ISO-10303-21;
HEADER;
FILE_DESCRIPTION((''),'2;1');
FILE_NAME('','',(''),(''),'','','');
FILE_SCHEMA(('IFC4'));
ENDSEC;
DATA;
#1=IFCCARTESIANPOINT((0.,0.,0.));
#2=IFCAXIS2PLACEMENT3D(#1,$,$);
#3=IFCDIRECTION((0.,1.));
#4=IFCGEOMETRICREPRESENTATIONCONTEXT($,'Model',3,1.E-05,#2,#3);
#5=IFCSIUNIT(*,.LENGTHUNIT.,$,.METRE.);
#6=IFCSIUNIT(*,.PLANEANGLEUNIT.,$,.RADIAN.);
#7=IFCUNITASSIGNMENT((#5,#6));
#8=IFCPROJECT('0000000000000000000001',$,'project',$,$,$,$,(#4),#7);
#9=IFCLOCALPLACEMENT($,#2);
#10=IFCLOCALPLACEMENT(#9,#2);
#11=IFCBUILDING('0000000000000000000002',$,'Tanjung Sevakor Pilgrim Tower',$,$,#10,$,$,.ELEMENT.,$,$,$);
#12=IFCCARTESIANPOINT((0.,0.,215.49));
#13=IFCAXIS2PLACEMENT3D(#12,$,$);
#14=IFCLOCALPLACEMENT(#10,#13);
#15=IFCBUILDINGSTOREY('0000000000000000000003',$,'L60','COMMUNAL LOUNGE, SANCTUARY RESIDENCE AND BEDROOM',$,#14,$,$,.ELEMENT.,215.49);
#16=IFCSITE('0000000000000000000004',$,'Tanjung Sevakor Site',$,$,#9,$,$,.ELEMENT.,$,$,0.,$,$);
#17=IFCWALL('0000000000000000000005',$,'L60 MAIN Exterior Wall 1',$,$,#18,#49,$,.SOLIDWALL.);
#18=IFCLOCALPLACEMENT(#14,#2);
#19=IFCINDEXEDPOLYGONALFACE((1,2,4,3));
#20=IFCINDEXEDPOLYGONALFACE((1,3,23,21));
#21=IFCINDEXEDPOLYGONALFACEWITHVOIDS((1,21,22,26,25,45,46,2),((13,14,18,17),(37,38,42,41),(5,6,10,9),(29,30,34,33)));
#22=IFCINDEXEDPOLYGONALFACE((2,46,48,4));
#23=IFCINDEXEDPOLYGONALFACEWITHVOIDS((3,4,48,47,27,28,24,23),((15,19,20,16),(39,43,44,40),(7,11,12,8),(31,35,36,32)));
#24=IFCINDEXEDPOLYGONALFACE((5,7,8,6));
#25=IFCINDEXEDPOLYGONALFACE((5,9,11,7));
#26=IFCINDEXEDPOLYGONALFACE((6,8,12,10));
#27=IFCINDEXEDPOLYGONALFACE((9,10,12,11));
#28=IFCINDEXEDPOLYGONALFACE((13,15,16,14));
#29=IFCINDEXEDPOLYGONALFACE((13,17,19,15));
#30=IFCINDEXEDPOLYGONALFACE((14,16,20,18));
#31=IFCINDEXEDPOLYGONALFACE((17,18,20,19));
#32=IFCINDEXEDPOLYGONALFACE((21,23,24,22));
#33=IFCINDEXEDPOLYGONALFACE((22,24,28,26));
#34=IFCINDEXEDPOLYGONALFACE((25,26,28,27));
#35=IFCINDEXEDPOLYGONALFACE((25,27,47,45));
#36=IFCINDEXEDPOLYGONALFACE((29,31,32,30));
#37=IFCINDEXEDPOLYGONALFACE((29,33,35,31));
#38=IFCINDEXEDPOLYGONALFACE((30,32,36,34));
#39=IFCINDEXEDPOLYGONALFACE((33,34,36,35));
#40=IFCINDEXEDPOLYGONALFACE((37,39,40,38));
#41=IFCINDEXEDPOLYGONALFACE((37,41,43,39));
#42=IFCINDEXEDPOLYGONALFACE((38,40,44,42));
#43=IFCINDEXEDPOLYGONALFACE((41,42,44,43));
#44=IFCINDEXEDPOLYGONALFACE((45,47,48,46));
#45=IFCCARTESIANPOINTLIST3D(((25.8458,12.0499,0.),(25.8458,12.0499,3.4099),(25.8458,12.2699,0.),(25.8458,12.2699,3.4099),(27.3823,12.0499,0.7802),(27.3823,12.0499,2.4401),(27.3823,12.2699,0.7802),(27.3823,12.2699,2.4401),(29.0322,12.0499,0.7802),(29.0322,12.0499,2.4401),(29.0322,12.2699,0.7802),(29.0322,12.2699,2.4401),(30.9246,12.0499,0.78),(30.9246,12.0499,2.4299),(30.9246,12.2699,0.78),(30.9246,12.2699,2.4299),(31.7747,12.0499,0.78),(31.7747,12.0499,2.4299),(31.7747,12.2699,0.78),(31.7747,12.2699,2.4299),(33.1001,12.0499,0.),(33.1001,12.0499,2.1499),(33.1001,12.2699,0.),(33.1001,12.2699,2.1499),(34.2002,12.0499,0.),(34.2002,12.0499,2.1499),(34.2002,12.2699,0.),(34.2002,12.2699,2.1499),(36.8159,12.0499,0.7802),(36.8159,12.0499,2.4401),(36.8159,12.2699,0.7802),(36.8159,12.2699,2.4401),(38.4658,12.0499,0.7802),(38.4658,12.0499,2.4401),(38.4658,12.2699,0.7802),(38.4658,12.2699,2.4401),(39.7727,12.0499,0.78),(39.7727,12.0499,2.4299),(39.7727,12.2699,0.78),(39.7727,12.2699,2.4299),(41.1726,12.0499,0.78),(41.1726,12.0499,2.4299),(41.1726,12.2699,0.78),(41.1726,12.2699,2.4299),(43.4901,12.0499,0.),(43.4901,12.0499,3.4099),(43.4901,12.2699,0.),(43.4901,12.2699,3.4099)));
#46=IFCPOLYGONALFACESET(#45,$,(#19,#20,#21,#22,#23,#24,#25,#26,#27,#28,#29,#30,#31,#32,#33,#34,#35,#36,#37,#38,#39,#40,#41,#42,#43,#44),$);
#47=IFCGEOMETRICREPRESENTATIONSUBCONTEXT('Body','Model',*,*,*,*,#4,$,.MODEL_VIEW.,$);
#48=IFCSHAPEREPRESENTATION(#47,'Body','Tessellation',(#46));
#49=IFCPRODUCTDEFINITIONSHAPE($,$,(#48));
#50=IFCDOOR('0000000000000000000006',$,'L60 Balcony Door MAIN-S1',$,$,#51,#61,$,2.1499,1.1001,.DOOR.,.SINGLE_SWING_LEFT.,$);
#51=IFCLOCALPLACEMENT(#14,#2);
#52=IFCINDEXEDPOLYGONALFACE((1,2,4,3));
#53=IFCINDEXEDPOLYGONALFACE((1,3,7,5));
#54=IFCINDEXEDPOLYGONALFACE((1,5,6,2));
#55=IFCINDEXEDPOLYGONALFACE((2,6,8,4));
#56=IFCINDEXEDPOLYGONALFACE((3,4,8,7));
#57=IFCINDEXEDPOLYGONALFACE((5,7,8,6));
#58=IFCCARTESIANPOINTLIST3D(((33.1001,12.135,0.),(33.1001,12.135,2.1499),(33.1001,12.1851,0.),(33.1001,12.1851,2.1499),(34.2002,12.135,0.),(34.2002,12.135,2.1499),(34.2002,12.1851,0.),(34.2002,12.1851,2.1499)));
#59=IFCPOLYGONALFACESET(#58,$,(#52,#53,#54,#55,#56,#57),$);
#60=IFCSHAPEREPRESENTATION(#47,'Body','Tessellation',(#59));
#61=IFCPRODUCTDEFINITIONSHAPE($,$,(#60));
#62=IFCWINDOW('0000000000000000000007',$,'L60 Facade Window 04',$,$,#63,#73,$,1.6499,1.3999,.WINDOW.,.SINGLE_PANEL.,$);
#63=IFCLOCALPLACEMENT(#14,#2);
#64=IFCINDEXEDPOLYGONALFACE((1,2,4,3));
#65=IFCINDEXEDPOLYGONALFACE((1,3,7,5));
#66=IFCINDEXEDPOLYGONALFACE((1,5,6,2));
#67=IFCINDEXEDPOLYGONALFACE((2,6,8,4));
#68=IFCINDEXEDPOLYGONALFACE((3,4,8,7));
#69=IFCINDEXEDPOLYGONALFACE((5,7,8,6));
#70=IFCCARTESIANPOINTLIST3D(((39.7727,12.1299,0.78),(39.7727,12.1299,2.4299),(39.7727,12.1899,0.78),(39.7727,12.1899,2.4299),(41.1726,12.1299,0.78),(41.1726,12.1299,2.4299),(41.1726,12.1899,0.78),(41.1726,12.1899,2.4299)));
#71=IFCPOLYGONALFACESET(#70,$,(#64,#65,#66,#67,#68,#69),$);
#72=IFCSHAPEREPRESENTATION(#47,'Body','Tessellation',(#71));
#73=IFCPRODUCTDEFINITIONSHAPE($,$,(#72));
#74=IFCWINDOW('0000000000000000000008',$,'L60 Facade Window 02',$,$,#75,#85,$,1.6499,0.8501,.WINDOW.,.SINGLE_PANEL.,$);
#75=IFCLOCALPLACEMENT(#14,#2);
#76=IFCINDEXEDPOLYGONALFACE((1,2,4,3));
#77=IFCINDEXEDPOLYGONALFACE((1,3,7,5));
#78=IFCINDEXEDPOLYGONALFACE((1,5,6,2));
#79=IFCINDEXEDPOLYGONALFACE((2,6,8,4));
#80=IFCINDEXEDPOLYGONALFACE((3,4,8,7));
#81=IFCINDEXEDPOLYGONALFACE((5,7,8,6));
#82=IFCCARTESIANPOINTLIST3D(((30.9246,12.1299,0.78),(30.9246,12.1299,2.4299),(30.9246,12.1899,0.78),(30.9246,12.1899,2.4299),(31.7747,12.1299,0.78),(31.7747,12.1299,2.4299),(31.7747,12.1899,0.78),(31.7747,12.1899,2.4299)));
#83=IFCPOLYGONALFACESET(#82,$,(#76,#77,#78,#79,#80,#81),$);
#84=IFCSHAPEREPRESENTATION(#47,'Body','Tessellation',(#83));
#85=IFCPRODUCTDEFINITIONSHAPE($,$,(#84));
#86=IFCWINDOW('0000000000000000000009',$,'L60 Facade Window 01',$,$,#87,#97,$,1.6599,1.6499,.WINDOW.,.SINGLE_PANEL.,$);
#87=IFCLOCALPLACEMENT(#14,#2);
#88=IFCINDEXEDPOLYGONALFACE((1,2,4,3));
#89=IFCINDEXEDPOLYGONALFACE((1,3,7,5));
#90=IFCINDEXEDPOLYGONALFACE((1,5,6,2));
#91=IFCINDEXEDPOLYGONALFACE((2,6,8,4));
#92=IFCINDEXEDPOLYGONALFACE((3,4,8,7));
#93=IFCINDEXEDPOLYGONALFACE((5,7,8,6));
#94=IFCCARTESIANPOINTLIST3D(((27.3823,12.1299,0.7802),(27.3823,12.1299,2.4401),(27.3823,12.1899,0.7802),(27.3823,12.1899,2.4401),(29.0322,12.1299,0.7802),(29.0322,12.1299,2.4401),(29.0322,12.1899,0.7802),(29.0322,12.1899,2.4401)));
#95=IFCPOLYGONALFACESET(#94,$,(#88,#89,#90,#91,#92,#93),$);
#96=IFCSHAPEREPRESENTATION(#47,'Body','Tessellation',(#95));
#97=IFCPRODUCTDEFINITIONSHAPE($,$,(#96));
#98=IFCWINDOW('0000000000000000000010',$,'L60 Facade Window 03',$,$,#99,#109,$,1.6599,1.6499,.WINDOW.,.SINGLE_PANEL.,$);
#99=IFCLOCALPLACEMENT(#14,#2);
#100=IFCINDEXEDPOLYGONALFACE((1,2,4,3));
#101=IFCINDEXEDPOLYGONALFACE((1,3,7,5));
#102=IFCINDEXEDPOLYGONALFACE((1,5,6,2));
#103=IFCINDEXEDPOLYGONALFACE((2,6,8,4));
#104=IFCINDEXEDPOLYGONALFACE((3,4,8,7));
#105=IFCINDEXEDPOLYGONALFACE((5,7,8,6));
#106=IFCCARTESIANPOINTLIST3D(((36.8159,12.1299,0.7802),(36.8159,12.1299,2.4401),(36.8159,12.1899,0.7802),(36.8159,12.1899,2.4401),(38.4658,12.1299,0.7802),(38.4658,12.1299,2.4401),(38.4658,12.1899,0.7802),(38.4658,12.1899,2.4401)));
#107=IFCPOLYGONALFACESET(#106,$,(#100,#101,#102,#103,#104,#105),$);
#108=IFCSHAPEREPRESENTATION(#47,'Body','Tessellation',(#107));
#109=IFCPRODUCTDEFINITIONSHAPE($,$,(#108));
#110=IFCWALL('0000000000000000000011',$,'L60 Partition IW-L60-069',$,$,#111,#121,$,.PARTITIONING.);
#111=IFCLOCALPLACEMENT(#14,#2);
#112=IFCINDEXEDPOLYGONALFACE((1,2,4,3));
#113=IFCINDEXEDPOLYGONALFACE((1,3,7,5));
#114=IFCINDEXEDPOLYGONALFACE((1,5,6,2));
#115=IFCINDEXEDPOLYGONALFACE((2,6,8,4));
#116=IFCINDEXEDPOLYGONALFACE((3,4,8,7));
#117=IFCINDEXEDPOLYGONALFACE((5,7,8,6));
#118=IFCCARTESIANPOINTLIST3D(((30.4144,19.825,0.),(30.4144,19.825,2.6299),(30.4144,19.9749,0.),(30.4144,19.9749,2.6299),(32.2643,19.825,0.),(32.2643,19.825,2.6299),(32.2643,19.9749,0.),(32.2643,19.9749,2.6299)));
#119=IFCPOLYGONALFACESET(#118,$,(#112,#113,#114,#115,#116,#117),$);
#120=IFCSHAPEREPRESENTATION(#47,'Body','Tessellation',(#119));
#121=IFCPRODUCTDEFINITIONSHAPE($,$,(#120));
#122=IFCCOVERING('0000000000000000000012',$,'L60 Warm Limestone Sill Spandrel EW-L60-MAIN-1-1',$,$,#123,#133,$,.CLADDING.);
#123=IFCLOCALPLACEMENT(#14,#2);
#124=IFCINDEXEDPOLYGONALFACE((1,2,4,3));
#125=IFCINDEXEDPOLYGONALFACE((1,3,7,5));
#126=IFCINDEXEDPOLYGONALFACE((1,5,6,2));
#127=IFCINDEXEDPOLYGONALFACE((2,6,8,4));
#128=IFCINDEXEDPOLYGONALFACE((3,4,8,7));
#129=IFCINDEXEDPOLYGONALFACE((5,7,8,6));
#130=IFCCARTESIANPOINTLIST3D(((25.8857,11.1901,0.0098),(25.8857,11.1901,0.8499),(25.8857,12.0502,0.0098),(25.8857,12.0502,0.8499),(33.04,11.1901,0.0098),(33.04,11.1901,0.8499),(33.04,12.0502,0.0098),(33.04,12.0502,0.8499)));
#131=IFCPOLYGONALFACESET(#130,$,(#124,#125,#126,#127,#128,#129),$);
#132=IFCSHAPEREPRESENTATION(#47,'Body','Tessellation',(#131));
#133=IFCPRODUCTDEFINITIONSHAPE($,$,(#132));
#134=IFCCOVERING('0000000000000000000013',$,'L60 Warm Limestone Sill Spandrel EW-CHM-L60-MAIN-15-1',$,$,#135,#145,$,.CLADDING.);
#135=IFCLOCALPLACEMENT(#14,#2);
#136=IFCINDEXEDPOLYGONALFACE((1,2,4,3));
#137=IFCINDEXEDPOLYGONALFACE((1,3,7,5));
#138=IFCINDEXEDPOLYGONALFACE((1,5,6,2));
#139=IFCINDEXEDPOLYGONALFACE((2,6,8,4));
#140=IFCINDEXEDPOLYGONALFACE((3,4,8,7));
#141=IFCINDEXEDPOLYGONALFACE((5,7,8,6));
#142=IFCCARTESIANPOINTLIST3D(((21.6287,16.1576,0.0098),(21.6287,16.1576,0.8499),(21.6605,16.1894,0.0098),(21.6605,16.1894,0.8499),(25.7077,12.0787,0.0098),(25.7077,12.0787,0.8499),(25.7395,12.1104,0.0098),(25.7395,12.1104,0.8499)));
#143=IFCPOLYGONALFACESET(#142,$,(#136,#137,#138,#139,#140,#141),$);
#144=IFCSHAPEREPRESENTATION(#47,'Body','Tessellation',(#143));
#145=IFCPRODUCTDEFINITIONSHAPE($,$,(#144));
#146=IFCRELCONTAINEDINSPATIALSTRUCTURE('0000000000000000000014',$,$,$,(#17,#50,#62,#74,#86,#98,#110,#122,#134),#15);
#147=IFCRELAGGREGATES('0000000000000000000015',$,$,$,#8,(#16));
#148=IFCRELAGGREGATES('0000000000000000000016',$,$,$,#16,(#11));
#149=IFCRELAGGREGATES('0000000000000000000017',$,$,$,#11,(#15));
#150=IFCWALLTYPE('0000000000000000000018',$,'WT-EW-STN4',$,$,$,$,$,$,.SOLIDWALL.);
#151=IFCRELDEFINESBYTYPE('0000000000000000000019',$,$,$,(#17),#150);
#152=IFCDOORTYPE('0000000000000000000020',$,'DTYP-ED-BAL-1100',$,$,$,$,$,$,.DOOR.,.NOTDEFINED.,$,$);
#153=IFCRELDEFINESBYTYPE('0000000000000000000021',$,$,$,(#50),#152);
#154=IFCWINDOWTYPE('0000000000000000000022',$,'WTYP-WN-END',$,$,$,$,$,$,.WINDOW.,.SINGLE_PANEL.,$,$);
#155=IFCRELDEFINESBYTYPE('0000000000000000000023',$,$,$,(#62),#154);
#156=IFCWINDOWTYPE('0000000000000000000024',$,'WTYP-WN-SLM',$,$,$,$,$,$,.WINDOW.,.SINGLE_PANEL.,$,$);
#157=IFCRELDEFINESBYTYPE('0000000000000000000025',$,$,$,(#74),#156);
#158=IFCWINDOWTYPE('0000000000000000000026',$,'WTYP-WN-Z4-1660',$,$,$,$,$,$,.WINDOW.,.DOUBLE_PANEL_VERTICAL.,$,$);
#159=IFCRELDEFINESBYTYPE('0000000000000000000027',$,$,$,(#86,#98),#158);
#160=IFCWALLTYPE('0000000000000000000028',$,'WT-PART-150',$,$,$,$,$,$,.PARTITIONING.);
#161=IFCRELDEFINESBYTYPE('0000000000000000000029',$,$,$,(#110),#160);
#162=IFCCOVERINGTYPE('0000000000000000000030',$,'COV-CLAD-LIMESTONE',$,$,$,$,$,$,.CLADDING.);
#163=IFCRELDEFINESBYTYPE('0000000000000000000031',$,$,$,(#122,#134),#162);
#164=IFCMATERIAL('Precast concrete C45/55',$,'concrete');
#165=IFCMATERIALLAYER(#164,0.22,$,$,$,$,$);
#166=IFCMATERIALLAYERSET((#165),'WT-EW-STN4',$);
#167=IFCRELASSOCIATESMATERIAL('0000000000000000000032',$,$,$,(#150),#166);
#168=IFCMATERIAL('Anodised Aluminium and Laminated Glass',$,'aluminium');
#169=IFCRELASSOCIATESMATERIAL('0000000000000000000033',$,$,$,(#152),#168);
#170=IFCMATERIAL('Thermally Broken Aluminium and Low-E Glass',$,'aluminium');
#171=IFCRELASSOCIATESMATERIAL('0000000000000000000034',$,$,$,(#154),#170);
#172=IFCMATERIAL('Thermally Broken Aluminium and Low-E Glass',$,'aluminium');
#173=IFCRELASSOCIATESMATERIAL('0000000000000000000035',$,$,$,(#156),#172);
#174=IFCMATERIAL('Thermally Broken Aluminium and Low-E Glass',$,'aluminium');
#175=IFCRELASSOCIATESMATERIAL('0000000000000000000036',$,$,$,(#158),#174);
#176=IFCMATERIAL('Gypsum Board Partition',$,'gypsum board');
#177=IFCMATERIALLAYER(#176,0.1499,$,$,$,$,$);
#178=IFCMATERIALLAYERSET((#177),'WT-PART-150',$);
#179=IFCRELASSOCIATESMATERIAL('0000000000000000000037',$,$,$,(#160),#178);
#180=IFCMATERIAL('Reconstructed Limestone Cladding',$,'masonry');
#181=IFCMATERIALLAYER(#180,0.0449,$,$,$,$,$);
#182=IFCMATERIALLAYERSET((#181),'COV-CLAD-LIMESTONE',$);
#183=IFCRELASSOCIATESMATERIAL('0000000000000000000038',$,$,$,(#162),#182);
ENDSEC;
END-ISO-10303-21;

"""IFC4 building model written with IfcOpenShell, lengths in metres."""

from ifc_helpers import new_model, si_unit, direction, frame, frame_2d, origin, origin_2d, place, context, subcontext, project, spatial, rectangle, extrude, material, layer, layer_set, type_object, element, fill, save


model = new_model("IFC4")

# Units and contexts
model_context = context("Model", 3, precision=1e-05, world=origin(), true_north=direction((0.0, 1.0)))
body_context = subcontext(model_context, "Body", "Model", "MODEL_VIEW")
ifc_project = project(units=[si_unit("LENGTHUNIT", "METRE"), si_unit("PLANEANGLEUNIT", "RADIAN")], contexts=[model_context])

# Site, building, storey
site_placement = place(None, origin())
site = spatial("IfcSite", under=ifc_project, at=site_placement, Name="Tanjung Sevakor Site", CompositionType="ELEMENT", RefElevation=0.0)
building_placement = place(site_placement, origin())
building = spatial("IfcBuilding", under=site, at=building_placement, Name="Tanjung Sevakor Pilgrim Tower", CompositionType="ELEMENT")
storey_placement = place(building_placement, frame((0.0, 0.0, 215.49)))
storey = spatial("IfcBuildingStorey", under=building, at=storey_placement, Name="L60", Description="COMMUNAL LOUNGE, SANCTUARY RESIDENCE AND BEDROOM", CompositionType="ELEMENT", Elevation=215.49)

# Wall, openings, door, windows
ifc_material_1 = material(Name="Precast concrete C45/55", Category="concrete")
ifc_layer_1 = layer(ifc_material_1, 0.22)
ifc_layer_set_1 = layer_set([ifc_layer_1], Name="WT-EW-STN4")
wall_type_1 = type_object("IfcWallType", Name="WT-EW-STN4", PredefinedType="SOLIDWALL", material=ifc_layer_set_1)
wall_1_placement = place(storey_placement, frame((25.8457, 12.1599, 0.0), z_axis=(0.0, 0.0, 1.0), x_axis=(1.0, 0.0, 0.0)))
wall_1 = element("IfcWall", 1, at=wall_1_placement, inside=storey, type_object=wall_type_1, Name="L60 MAIN Exterior Wall 1", PredefinedType="SOLIDWALL", context=body_context, shape_type="SweptSolid", body=[
    extrude(rectangle(XDim=17.6443, YDim=0.22, at=frame_2d((8.8223, 0.0))), origin(), (0.0, 0.0, 1.0), 3.4099),
])
opening_1_placement = place(wall_1_placement, frame((7.2544, 0.0, 0.0)))
opening_1 = element("IfcOpeningElement", 2, at=opening_1_placement, cuts=wall_1, PredefinedType="OPENING", context=body_context, shape_type="SweptSolid", body=[
    extrude(rectangle(XDim=1.1001, YDim=2.1499, at=frame_2d((0.55, 1.075))), frame((0.0, 0.1199, 0.0), z_axis=(0.0, -1.0, 0.0), x_axis=(1.0, 0.0, 0.0)), (0.0, 0.0, 1.0), 0.24),
])
opening_2_placement = place(wall_1_placement, frame((1.5366, 0.0, 0.78)))
opening_2 = element("IfcOpeningElement", 3, at=opening_2_placement, cuts=wall_1, PredefinedType="OPENING", context=body_context, shape_type="SweptSolid", body=[
    extrude(rectangle(XDim=1.6499, YDim=1.6599, at=frame_2d((0.825, 0.8301))), frame((0.0, 0.1199, 0.0), z_axis=(0.0, -1.0, 0.0), x_axis=(1.0, 0.0, 0.0)), (0.0, 0.0, 1.0), 0.24),
])
opening_3_placement = place(wall_1_placement, frame((5.0789, 0.0, 0.78)))
opening_3 = element("IfcOpeningElement", 4, at=opening_3_placement, cuts=wall_1, PredefinedType="OPENING", context=body_context, shape_type="SweptSolid", body=[
    extrude(rectangle(XDim=0.8501, YDim=1.6499, at=frame_2d((0.425, 0.825))), frame((0.0, 0.1199, 0.0), z_axis=(0.0, -1.0, 0.0), x_axis=(1.0, 0.0, 0.0)), (0.0, 0.0, 1.0), 0.24),
])
opening_4_placement = place(wall_1_placement, frame((10.9702, 0.0, 0.78)))
opening_4 = element("IfcOpeningElement", 5, at=opening_4_placement, cuts=wall_1, PredefinedType="OPENING", context=body_context, shape_type="SweptSolid", body=[
    extrude(rectangle(XDim=1.6499, YDim=1.6599, at=frame_2d((0.825, 0.8301))), frame((0.0, 0.1199, 0.0), z_axis=(0.0, -1.0, 0.0), x_axis=(1.0, 0.0, 0.0)), (0.0, 0.0, 1.0), 0.24),
])
opening_5_placement = place(wall_1_placement, frame((13.927, 0.0, 0.78)))
opening_5 = element("IfcOpeningElement", 6, at=opening_5_placement, cuts=wall_1, PredefinedType="OPENING", context=body_context, shape_type="SweptSolid", body=[
    extrude(rectangle(XDim=1.3999, YDim=1.6499, at=frame_2d((0.7, 0.825))), frame((0.0, 0.1199, 0.0), z_axis=(0.0, -1.0, 0.0), x_axis=(1.0, 0.0, 0.0)), (0.0, 0.0, 1.0), 0.24),
])
ifc_material_2 = material(Name="Anodised Aluminium and Laminated Glass", Category="aluminium")
door_type = type_object("IfcDoorType", Name="DTYP-ED-BAL-1100", OperationType="NOTDEFINED", PredefinedType="DOOR", material=ifc_material_2)
door_placement = place(opening_1_placement, frame((1.1001, 0.0, 0.0), z_axis=(0.0, 0.0, 1.0), x_axis=(-1.0, 0.0, 0.0)))
door = element("IfcDoor", 7, at=door_placement, inside=storey, type_object=door_type, Name="L60 Balcony Door MAIN-S1", OperationType="SINGLE_SWING_LEFT", OverallHeight=2.1499, OverallWidth=1.1001, PredefinedType="DOOR", context=body_context, shape_type="SweptSolid", body=[
    extrude(rectangle(XDim=1.1001, YDim=2.1499, at=frame_2d((0.55, 1.075))), frame((0.0, 0.0249, 0.0), z_axis=(0.0, -1.0, 0.0), x_axis=(1.0, 0.0, 0.0)), (0.0, 0.0, 1.0), 0.05),
])
fill(opening_1, door)
ifc_material_3 = material(Name="Thermally Broken Aluminium and Low-E Glass", Category="aluminium")
window_type_1 = type_object("IfcWindowType", Name="WTYP-WN-END", PartitioningType="SINGLE_PANEL", PredefinedType="WINDOW", material=ifc_material_3)
window_1_placement = place(opening_5_placement, origin())
window_1 = element("IfcWindow", 8, at=window_1_placement, inside=storey, type_object=window_type_1, Name="L60 Facade Window 04", OverallHeight=1.6499, OverallWidth=1.3999, PartitioningType="SINGLE_PANEL", PredefinedType="WINDOW", context=body_context, shape_type="SweptSolid", body=[
    extrude(rectangle(XDim=1.3999, YDim=1.6499, at=frame_2d((0.7, 0.825))), frame((0.0, 0.03, 0.0), z_axis=(0.0, -1.0, 0.0), x_axis=(1.0, 0.0, 0.0)), (0.0, 0.0, 1.0), 0.0601),
])
fill(opening_5, window_1)
ifc_material_4 = material(Name="Thermally Broken Aluminium and Low-E Glass", Category="aluminium")
window_type_2 = type_object("IfcWindowType", Name="WTYP-WN-SLM", PartitioningType="SINGLE_PANEL", PredefinedType="WINDOW", material=ifc_material_4)
window_2_placement = place(opening_3_placement, origin())
window_2 = element("IfcWindow", 9, at=window_2_placement, inside=storey, type_object=window_type_2, Name="L60 Facade Window 02", OverallHeight=1.6499, OverallWidth=0.8501, PartitioningType="SINGLE_PANEL", PredefinedType="WINDOW", context=body_context, shape_type="SweptSolid", body=[
    extrude(rectangle(XDim=0.8501, YDim=1.6499, at=frame_2d((0.425, 0.825))), frame((0.0, 0.03, 0.0), z_axis=(0.0, -1.0, 0.0), x_axis=(1.0, 0.0, 0.0)), (0.0, 0.0, 1.0), 0.0601),
])
fill(opening_3, window_2)
ifc_material_5 = material(Name="Thermally Broken Aluminium and Low-E Glass", Category="aluminium")
window_type_3 = type_object("IfcWindowType", Name="WTYP-WN-Z4-1660", PartitioningType="DOUBLE_PANEL_VERTICAL", PredefinedType="WINDOW", material=ifc_material_5)
window_3_placement = place(opening_2_placement, origin())
window_3 = element("IfcWindow", 10, at=window_3_placement, inside=storey, type_object=window_type_3, Name="L60 Facade Window 01", OverallHeight=1.6599, OverallWidth=1.6499, PartitioningType="SINGLE_PANEL", PredefinedType="WINDOW", context=body_context, shape_type="SweptSolid", body=[
    extrude(rectangle(XDim=1.6499, YDim=1.6599, at=frame_2d((0.825, 0.8301))), frame((0.0, 0.03, 0.0), z_axis=(0.0, -1.0, 0.0), x_axis=(1.0, 0.0, 0.0)), (0.0, 0.0, 1.0), 0.0601),
])
fill(opening_2, window_3)
window_4_placement = place(opening_4_placement, origin())
window_4 = element("IfcWindow", 11, at=window_4_placement, inside=storey, type_object=window_type_3, Name="L60 Facade Window 03", OverallHeight=1.6599, OverallWidth=1.6499, PartitioningType="SINGLE_PANEL", PredefinedType="WINDOW", context=body_context, shape_type="SweptSolid", body=[
    extrude(rectangle(XDim=1.6499, YDim=1.6599, at=frame_2d((0.825, 0.8301))), frame((0.0, 0.03, 0.0), z_axis=(0.0, -1.0, 0.0), x_axis=(1.0, 0.0, 0.0)), (0.0, 0.0, 1.0), 0.0601),
])
fill(opening_4, window_4)

# Wall
ifc_material_6 = material(Name="Gypsum Board Partition", Category="gypsum board")
ifc_layer_2 = layer(ifc_material_6, 0.1499)
ifc_layer_set_2 = layer_set([ifc_layer_2], Name="WT-PART-150")
wall_type_2 = type_object("IfcWallType", Name="WT-PART-150", PredefinedType="PARTITIONING", material=ifc_layer_set_2)
wall_2_placement = place(storey_placement, frame((30.4146, 19.8999, 0.0), z_axis=(0.0, 0.0, 1.0), x_axis=(1.0, 0.0, 0.0)))
element("IfcWall", 12, at=wall_2_placement, inside=storey, type_object=wall_type_2, Name="L60 Partition IW-L60-069", PredefinedType="PARTITIONING", context=body_context, shape_type="SweptSolid", body=[
    extrude(rectangle(XDim=1.8499, YDim=0.1499, at=frame_2d((0.9248, 0.0))), origin(), (0.0, 0.0, 1.0), 2.6299),
])

# Coverings
ifc_material_7 = material(Name="Reconstructed Limestone Cladding", Category="masonry")
ifc_layer_3 = layer(ifc_material_7, 0.0449)
ifc_layer_set_3 = layer_set([ifc_layer_3], Name="COV-CLAD-LIMESTONE")
covering_type = type_object("IfcCoveringType", Name="COV-CLAD-LIMESTONE", PredefinedType="CLADDING", material=ifc_layer_set_3)
covering_1_placement = place(storey_placement, frame((29.4629, 11.6201, 0.0098), z_axis=(0.0, 0.0, 1.0), x_axis=(1.0, 0.0, 0.0)))
element("IfcCovering", 13, at=covering_1_placement, inside=storey, type_object=covering_type, Name="L60 Warm Limestone Sill Spandrel EW-L60-MAIN-1-1", PredefinedType="CLADDING", context=body_context, shape_type="SweptSolid", body=[
    extrude(rectangle(XDim=7.1543, YDim=0.8601, at=origin_2d()), origin(), (0.0, 0.0, 1.0), 0.8401),
])
covering_2_placement = place(storey_placement, frame((23.6841, 14.134, 0.0098), z_axis=(0.0, 0.0, 1.0), x_axis=(0.707107, -0.707107, 0.0)))
element("IfcCovering", 14, at=covering_2_placement, inside=storey, type_object=covering_type, Name="L60 Warm Limestone Sill Spandrel EW-CHM-L60-MAIN-15-1", PredefinedType="CLADDING", context=body_context, shape_type="SweptSolid", body=[
    extrude(rectangle(XDim=5.7686, YDim=0.0449, at=origin_2d()), origin(), (0.0, 0.0, 1.0), 0.8401),
])

save(model, "model.ifc")
